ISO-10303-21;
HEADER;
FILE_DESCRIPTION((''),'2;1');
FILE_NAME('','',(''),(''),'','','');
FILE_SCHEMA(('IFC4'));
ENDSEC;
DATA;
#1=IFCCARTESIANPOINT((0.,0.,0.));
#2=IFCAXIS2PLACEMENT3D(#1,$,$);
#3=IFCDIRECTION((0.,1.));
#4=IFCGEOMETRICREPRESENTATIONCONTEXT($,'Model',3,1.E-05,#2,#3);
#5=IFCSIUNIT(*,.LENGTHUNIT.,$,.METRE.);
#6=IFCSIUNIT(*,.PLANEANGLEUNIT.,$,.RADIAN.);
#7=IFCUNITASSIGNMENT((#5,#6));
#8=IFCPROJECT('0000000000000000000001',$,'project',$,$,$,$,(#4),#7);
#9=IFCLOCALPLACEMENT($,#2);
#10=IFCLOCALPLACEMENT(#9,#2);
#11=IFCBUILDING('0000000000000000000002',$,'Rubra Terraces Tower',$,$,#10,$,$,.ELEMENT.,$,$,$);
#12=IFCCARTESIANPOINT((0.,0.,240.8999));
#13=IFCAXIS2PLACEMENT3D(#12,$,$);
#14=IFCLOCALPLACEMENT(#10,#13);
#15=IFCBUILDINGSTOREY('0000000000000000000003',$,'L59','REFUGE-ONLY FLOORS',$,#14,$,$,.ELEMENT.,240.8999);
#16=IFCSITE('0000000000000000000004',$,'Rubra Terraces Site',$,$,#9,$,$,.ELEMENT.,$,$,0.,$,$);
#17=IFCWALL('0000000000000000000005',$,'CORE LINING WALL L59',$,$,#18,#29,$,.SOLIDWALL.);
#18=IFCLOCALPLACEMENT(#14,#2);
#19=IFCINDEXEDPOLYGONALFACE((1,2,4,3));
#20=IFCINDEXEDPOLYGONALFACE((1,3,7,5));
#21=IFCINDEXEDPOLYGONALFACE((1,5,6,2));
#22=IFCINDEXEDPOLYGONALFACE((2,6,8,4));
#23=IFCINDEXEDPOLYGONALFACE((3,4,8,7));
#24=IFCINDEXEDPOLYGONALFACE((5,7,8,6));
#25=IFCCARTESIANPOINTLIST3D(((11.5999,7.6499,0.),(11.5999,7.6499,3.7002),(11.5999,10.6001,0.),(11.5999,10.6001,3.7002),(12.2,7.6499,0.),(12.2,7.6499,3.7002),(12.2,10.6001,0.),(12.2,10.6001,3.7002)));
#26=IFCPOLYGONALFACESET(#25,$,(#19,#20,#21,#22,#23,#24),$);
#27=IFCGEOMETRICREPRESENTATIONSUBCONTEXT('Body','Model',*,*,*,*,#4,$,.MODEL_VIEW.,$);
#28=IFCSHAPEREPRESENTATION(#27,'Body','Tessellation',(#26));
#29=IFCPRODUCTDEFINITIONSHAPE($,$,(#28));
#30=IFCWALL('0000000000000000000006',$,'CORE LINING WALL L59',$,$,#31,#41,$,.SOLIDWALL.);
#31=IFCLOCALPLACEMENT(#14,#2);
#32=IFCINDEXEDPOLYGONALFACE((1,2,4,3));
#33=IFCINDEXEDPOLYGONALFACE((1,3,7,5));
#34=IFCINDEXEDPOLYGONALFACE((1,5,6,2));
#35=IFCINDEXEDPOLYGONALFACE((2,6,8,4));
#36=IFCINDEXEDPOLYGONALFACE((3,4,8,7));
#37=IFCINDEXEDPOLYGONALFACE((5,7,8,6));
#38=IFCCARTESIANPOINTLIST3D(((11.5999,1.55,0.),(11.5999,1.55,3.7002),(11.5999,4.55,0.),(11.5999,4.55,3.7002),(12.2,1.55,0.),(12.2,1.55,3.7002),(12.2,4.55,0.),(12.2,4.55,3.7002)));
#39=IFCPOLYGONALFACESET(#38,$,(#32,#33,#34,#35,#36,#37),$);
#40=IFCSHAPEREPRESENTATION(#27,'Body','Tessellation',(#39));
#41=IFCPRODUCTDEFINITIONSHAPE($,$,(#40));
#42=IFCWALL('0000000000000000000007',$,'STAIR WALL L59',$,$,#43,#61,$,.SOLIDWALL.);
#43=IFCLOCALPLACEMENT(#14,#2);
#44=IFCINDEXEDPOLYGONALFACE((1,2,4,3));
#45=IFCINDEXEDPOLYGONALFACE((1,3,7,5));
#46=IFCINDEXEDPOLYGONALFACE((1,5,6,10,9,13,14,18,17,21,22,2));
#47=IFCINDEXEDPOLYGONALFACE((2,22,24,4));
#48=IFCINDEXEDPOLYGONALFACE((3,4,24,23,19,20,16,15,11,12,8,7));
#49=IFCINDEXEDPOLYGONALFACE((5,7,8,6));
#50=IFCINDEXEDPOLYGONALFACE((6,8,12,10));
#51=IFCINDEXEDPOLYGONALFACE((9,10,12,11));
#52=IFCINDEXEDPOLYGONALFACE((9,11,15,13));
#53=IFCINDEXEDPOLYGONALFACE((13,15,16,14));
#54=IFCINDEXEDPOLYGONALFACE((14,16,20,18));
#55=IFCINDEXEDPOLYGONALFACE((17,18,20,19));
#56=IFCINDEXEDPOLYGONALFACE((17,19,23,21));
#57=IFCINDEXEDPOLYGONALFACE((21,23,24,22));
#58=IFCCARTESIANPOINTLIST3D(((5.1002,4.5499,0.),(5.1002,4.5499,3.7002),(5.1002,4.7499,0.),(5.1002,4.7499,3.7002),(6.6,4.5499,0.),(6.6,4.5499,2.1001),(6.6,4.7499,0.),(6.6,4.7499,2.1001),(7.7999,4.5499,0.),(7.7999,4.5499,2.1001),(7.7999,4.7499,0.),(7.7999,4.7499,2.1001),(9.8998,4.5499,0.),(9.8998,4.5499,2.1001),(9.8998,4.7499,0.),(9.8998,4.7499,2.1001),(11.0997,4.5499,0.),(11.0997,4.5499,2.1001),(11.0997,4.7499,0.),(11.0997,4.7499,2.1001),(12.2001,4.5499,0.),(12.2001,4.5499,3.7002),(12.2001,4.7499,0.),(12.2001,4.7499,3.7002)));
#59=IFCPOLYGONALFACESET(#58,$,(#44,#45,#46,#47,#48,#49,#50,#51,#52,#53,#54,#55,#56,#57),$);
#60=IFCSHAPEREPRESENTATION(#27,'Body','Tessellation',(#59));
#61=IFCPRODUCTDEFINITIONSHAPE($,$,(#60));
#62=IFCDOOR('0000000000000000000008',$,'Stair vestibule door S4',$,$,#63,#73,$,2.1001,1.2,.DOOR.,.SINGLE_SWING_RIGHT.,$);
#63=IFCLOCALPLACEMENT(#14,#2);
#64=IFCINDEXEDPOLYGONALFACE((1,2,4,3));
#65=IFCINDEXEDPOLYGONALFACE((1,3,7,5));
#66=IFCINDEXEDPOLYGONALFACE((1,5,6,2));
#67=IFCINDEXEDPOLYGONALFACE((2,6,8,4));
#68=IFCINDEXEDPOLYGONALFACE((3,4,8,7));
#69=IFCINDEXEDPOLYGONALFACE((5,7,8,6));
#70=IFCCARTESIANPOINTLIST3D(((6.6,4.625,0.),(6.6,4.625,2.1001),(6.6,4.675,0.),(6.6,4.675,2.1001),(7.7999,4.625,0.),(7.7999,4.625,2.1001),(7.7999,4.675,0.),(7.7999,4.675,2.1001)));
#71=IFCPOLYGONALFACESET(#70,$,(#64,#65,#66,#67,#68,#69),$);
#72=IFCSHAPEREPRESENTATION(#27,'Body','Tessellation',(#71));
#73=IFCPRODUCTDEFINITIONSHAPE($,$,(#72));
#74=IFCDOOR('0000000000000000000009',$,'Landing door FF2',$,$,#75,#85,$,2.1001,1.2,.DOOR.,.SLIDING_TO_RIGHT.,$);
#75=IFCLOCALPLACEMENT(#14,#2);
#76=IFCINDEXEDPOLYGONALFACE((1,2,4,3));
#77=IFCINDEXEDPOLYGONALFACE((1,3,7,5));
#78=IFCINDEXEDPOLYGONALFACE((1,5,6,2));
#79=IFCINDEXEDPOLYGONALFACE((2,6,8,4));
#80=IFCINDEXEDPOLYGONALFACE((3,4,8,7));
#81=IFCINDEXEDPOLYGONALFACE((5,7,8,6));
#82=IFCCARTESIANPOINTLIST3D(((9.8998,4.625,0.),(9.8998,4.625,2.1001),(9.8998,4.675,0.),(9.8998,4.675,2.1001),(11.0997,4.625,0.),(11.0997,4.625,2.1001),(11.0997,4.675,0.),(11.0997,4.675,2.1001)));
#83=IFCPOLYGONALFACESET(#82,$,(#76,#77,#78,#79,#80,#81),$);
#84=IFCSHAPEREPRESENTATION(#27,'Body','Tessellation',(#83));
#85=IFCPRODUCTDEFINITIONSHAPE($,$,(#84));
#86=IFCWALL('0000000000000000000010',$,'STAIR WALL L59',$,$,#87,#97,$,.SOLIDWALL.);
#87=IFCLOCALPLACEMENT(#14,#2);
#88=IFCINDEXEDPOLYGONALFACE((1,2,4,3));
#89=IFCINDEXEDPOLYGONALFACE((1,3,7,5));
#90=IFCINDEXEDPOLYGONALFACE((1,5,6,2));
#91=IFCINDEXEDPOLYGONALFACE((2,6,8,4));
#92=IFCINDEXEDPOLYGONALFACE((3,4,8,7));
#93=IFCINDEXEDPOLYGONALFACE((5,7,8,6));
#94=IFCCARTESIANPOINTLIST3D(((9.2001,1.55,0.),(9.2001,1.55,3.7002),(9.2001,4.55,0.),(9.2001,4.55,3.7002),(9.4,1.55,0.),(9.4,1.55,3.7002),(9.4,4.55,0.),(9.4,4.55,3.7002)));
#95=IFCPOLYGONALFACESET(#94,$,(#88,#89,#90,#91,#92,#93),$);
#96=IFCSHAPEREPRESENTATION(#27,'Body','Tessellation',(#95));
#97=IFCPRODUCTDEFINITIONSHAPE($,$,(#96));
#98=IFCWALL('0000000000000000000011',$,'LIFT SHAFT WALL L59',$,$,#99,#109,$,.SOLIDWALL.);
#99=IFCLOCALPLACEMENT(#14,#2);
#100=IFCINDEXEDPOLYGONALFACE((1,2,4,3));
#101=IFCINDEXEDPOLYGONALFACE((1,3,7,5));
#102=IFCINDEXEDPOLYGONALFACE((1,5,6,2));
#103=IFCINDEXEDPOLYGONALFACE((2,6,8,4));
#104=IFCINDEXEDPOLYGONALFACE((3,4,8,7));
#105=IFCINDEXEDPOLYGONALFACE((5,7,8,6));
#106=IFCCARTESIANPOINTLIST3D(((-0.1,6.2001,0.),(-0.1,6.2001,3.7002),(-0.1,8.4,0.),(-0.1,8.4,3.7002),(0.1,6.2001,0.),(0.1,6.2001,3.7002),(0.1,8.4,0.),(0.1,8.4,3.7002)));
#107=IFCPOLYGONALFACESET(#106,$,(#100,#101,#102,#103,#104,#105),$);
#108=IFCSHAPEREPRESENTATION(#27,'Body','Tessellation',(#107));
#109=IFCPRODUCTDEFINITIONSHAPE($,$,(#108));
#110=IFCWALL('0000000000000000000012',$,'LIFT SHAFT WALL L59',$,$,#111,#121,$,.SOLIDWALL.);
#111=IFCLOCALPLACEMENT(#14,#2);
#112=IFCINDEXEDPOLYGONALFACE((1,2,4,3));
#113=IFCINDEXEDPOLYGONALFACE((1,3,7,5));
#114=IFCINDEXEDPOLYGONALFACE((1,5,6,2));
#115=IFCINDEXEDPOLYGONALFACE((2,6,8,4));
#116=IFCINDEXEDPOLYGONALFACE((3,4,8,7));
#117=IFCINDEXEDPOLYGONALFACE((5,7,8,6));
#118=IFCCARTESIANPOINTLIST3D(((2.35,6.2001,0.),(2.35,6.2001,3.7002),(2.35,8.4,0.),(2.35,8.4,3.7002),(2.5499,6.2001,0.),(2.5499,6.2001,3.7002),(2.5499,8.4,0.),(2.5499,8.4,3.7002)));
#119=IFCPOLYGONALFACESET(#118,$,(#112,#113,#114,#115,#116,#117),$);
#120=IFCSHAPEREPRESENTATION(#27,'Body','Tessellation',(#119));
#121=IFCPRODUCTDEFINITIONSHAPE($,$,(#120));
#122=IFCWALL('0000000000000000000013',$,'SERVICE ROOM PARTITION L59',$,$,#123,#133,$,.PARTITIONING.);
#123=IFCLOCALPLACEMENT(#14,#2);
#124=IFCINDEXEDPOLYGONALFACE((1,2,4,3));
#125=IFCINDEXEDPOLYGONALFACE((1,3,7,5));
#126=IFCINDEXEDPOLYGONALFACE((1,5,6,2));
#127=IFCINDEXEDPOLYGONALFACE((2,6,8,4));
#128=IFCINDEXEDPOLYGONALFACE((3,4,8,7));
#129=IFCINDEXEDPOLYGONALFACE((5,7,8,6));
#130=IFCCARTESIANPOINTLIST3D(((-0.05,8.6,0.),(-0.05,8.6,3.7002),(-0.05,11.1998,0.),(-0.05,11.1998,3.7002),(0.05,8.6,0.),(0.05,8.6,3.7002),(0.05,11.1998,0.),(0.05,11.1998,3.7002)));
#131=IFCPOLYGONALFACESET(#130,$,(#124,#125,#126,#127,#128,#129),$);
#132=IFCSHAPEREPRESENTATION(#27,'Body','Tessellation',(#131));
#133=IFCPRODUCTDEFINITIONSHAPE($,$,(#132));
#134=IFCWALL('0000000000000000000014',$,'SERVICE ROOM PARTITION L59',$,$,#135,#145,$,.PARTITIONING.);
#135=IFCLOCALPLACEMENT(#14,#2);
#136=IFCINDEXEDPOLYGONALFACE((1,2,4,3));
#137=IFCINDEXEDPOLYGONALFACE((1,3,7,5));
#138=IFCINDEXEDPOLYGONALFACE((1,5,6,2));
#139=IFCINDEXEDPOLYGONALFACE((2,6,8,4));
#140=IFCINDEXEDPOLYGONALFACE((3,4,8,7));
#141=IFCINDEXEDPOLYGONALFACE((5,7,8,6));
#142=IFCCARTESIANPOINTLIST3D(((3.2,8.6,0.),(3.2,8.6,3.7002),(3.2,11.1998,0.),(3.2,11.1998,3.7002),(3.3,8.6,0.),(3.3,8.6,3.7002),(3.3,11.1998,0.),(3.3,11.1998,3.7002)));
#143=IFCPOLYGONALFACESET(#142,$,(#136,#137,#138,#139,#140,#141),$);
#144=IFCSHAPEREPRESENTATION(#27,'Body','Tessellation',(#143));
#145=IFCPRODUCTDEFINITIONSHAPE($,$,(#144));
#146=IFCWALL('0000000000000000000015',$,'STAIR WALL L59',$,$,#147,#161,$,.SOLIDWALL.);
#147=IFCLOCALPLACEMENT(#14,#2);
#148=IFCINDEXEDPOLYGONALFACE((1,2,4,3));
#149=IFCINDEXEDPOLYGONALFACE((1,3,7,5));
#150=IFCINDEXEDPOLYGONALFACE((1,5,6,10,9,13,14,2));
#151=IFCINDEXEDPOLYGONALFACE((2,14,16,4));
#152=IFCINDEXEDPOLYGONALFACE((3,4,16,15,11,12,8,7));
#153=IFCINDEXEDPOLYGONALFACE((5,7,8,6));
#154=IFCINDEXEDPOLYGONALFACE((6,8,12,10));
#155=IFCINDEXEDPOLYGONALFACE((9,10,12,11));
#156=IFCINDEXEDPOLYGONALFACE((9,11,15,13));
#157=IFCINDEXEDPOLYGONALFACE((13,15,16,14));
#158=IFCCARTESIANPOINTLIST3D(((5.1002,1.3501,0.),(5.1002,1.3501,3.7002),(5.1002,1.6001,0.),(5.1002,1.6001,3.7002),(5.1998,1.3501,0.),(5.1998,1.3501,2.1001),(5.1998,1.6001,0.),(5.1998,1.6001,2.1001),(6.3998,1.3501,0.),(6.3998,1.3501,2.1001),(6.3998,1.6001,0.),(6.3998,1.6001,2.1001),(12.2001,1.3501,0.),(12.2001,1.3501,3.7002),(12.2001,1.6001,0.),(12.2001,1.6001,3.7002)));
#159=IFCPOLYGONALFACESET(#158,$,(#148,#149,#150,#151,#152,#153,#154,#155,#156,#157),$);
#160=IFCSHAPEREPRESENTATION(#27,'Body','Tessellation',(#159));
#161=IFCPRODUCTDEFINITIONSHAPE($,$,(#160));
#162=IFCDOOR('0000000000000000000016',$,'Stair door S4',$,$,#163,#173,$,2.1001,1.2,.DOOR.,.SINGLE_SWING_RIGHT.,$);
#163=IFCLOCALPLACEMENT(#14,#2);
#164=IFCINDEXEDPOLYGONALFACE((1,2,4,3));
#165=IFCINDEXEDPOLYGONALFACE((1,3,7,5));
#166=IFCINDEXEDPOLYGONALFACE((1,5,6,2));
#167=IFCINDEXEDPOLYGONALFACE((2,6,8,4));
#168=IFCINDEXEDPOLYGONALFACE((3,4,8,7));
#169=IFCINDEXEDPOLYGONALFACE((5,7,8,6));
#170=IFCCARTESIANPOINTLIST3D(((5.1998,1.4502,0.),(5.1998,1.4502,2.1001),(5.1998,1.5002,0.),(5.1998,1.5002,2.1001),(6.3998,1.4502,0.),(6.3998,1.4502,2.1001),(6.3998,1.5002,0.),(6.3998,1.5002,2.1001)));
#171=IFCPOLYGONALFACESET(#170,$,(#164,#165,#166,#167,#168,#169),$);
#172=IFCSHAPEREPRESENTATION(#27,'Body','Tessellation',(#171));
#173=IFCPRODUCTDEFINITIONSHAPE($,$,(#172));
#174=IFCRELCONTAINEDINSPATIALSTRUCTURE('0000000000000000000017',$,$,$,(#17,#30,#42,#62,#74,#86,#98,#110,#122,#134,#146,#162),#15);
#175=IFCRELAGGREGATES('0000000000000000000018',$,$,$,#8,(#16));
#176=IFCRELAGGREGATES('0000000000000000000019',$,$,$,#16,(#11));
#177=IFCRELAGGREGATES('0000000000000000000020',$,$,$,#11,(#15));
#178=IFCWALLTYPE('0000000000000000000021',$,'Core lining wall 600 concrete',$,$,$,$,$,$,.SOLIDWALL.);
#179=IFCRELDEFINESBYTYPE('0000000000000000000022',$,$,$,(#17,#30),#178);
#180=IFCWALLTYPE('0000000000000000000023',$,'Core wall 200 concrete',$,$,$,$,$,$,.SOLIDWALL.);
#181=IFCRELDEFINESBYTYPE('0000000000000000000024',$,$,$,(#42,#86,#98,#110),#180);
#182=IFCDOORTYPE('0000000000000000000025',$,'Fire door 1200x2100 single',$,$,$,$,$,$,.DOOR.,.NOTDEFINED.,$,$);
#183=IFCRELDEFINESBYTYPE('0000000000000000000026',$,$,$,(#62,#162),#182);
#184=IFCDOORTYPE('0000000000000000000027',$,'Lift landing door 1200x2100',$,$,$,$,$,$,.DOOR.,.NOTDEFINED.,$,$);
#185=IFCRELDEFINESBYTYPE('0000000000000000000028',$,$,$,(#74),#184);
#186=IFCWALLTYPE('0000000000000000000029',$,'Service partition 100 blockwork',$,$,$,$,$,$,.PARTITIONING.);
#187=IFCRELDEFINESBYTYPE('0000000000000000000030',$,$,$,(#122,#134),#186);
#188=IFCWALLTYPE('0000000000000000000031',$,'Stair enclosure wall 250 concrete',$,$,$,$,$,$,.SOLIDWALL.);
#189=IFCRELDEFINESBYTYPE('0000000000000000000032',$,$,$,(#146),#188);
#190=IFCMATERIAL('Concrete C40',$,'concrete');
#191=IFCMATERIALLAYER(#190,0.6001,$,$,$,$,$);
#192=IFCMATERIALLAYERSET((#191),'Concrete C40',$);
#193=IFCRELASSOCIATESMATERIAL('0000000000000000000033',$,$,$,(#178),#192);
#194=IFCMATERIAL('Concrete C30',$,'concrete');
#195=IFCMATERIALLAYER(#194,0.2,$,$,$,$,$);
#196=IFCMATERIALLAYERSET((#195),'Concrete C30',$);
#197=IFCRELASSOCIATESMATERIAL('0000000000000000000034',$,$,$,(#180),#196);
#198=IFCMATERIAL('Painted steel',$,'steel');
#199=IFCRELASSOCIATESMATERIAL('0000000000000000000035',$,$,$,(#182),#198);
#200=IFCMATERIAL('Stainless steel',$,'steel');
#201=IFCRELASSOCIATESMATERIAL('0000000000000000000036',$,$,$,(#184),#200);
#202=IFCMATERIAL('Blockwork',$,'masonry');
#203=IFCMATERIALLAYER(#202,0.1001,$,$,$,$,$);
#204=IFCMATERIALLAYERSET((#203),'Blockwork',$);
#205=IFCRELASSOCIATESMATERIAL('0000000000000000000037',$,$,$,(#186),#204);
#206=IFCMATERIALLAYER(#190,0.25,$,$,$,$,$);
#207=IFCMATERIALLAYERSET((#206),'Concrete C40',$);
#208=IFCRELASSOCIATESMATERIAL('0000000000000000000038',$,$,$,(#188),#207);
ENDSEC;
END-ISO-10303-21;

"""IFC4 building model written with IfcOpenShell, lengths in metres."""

from ifc_helpers import new_model, si_unit, direction, frame, frame_2d, origin, place, context, subcontext, project, spatial, rectangle, extrude, material, layer, layer_set, type_object, element, fill, save


model = new_model("IFC4")

# Units and contexts
model_context = context("Model", 3, precision=1e-05, world=origin(), true_north=direction((0.0, 1.0)))
body_context = subcontext(model_context, "Body", "Model", "MODEL_VIEW")
ifc_project = project(units=[si_unit("LENGTHUNIT", "METRE"), si_unit("PLANEANGLEUNIT", "RADIAN")], contexts=[model_context])

# Site, building, storey
site_placement = place(None, origin())
site = spatial("IfcSite", under=ifc_project, at=site_placement, Name="Rubra Terraces Site", CompositionType="ELEMENT", RefElevation=0.0)
building_placement = place(site_placement, origin())
building = spatial("IfcBuilding", under=site, at=building_placement, Name="Rubra Terraces Tower", CompositionType="ELEMENT")
storey_placement = place(building_placement, frame((0.0, 0.0, 240.8999)))
storey = spatial("IfcBuildingStorey", under=building, at=storey_placement, Name="L59", Description="REFUGE-ONLY FLOORS", CompositionType="ELEMENT", Elevation=240.8999)

# Walls
ifc_material_1 = material(Name="Concrete C40", Category="concrete")
ifc_layer_1 = layer(ifc_material_1, 0.6001)
ifc_layer_set_1 = layer_set([ifc_layer_1], Name="Concrete C40")
wall_type_1 = type_object("IfcWallType", Name="Core lining wall 600 concrete", PredefinedType="SOLIDWALL", material=ifc_layer_set_1)
wall_1_placement = place(storey_placement, frame((11.8999, 10.6001, 0.0), z_axis=(0.0, 0.0, 1.0), x_axis=(0.0, -1.0, 0.0)))
element("IfcWall", 1, at=wall_1_placement, inside=storey, type_object=wall_type_1, Name="CORE LINING WALL L59", PredefinedType="SOLIDWALL", context=body_context, shape_type="SweptSolid", body=[
    extrude(rectangle(XDim=2.9502, YDim=0.6001, at=frame_2d((1.4751, 0.0))), origin(), (0.0, 0.0, 1.0), 3.7002),
])
wall_2_placement = place(storey_placement, frame((11.8999, 4.55, 0.0), z_axis=(0.0, 0.0, 1.0), x_axis=(0.0, -1.0, 0.0)))
element("IfcWall", 2, at=wall_2_placement, inside=storey, type_object=wall_type_1, Name="CORE LINING WALL L59", PredefinedType="SOLIDWALL", context=body_context, shape_type="SweptSolid", body=[
    extrude(rectangle(XDim=3.0, YDim=0.6001, at=frame_2d((1.5, 0.0))), origin(), (0.0, 0.0, 1.0), 3.7002),
])

# Wall, openings, doors
ifc_material_2 = material(Name="Concrete C30", Category="concrete")
ifc_layer_2 = layer(ifc_material_2, 0.2)
ifc_layer_set_2 = layer_set([ifc_layer_2], Name="Concrete C30")
wall_type_2 = type_object("IfcWallType", Name="Core wall 200 concrete", PredefinedType="SOLIDWALL", material=ifc_layer_set_2)
wall_3_placement = place(storey_placement, frame((12.2, 4.6499, 0.0), z_axis=(0.0, 0.0, 1.0), x_axis=(-1.0, 0.0, 0.0)))
wall_3 = element("IfcWall", 3, at=wall_3_placement, inside=storey, type_object=wall_type_2, Name="STAIR WALL L59", PredefinedType="SOLIDWALL", context=body_context, shape_type="SweptSolid", body=[
    extrude(rectangle(XDim=7.0999, YDim=0.2, at=frame_2d((3.5498, 0.0))), origin(), (0.0, 0.0, 1.0), 3.7002),
])
opening_1_placement = place(wall_3_placement, frame((4.3999, 0.0, 0.0)))
opening_1 = element("IfcOpeningElement", 4, at=opening_1_placement, cuts=wall_3, PredefinedType="OPENING", context=body_context, shape_type="SweptSolid", body=[
    extrude(rectangle(XDim=1.2, YDim=2.1001, at=frame_2d((0.6001, 1.05))), frame((0.0, 0.1099, 0.0), z_axis=(0.0, -1.0, 0.0), x_axis=(1.0, 0.0, 0.0)), (0.0, 0.0, 1.0), 0.22),
])
opening_2_placement = place(wall_3_placement, frame((1.1001, 0.0, 0.0)))
opening_2 = element("IfcOpeningElement", 5, at=opening_2_placement, cuts=wall_3, PredefinedType="OPENING", context=body_context, shape_type="SweptSolid", body=[
    extrude(rectangle(XDim=1.2, YDim=2.1001, at=frame_2d((0.6001, 1.05))), frame((0.0, 0.1099, 0.0), z_axis=(0.0, -1.0, 0.0), x_axis=(1.0, 0.0, 0.0)), (0.0, 0.0, 1.0), 0.22),
])
ifc_material_3 = material(Name="Painted steel", Category="steel")
door_type_1 = type_object("IfcDoorType", Name="Fire door 1200x2100 single", OperationType="NOTDEFINED", PredefinedType="DOOR", material=ifc_material_3)
door_1_placement = place(opening_1_placement, origin())
door_1 = element("IfcDoor", 6, at=door_1_placement, inside=storey, type_object=door_type_1, Name="Stair vestibule door S4", OperationType="SINGLE_SWING_RIGHT", OverallHeight=2.1001, OverallWidth=1.2, PredefinedType="DOOR", context=body_context, shape_type="SweptSolid", body=[
    extrude(rectangle(XDim=1.2, YDim=2.1001, at=frame_2d((0.6001, 1.05))), frame((0.0, 0.0249, 0.0), z_axis=(0.0, -1.0, 0.0), x_axis=(1.0, 0.0, 0.0)), (0.0, 0.0, 1.0), 0.05),
])
fill(opening_1, door_1)
ifc_material_4 = material(Name="Stainless steel", Category="steel")
door_type_2 = type_object("IfcDoorType", Name="Lift landing door 1200x2100", OperationType="NOTDEFINED", PredefinedType="DOOR", material=ifc_material_4)
door_2_placement = place(opening_2_placement, origin())
door_2 = element("IfcDoor", 7, at=door_2_placement, inside=storey, type_object=door_type_2, Name="Landing door FF2", OperationType="SLIDING_TO_RIGHT", OverallHeight=2.1001, OverallWidth=1.2, PredefinedType="DOOR", context=body_context, shape_type="SweptSolid", body=[
    extrude(rectangle(XDim=1.2, YDim=2.1001, at=frame_2d((0.6001, 1.05))), frame((0.0, 0.0249, 0.0), z_axis=(0.0, -1.0, 0.0), x_axis=(1.0, 0.0, 0.0)), (0.0, 0.0, 1.0), 0.05),
])
fill(opening_2, door_2)

# Walls
wall_4_placement = place(storey_placement, frame((9.3, 4.55, 0.0), z_axis=(0.0, 0.0, 1.0), x_axis=(0.0, -1.0, 0.0)))
element("IfcWall", 8, at=wall_4_placement, inside=storey, type_object=wall_type_2, Name="STAIR WALL L59", PredefinedType="SOLIDWALL", context=body_context, shape_type="SweptSolid", body=[
    extrude(rectangle(XDim=3.0, YDim=0.2, at=frame_2d((1.5, 0.0))), origin(), (0.0, 0.0, 1.0), 3.7002),
])
for number, where, z_axis, x_axis, name in (
    (9, (0.0, 6.2, 0.0), (0.0, 0.0, 1.0), (0.0, 1.0, 0.0), "LIFT SHAFT WALL L59"),
    (10, (2.45, 6.2, 0.0), (0.0, 0.0, 1.0), (0.0, 1.0, 0.0), "LIFT SHAFT WALL L59"),
):
    element("IfcWall", number, at=place(storey_placement, frame(where, z_axis=z_axis, x_axis=x_axis)), inside=storey, type_object=wall_type_2, Name=name, PredefinedType="SOLIDWALL", context=body_context, shape_type="SweptSolid", body=[
        extrude(rectangle(XDim=2.2, YDim=0.2, at=frame_2d((1.1001, 0.0))), origin(), (0.0, 0.0, 1.0), 3.7002),
    ])
ifc_material_5 = material(Name="Blockwork", Category="masonry")
ifc_layer_3 = layer(ifc_material_5, 0.1001)
ifc_layer_set_3 = layer_set([ifc_layer_3], Name="Blockwork")
wall_type_3 = type_object("IfcWallType", Name="Service partition 100 blockwork", PredefinedType="PARTITIONING", material=ifc_layer_set_3)
for number, where, z_axis, x_axis, name in (
    (11, (0.0, 8.6001, 0.0), (0.0, 0.0, 1.0), (0.0, 1.0, 0.0), "SERVICE ROOM PARTITION L59"),
    (12, (3.25, 8.6001, 0.0), (0.0, 0.0, 1.0), (0.0, 1.0, 0.0), "SERVICE ROOM PARTITION L59"),
):
    element("IfcWall", number, at=place(storey_placement, frame(where, z_axis=z_axis, x_axis=x_axis)), inside=storey, type_object=wall_type_3, Name=name, PredefinedType="PARTITIONING", context=body_context, shape_type="SweptSolid", body=[
        extrude(rectangle(XDim=2.5999, YDim=0.1001, at=frame_2d((1.2998, 0.0))), origin(), (0.0, 0.0, 1.0), 3.7002),
    ])

# Wall, opening, door
ifc_layer_4 = layer(ifc_material_1, 0.25)
ifc_layer_set_4 = layer_set([ifc_layer_4], Name="Concrete C40")
wall_type_4 = type_object("IfcWallType", Name="Stair enclosure wall 250 concrete", PredefinedType="SOLIDWALL", material=ifc_layer_set_4)
wall_5_placement = place(storey_placement, frame((12.2, 1.4751, 0.0), z_axis=(0.0, 0.0, 1.0), x_axis=(-1.0, 0.0, 0.0)))
wall_5 = element("IfcWall", 13, at=wall_5_placement, inside=storey, type_object=wall_type_4, Name="STAIR WALL L59", PredefinedType="SOLIDWALL", context=body_context, shape_type="SweptSolid", body=[
    extrude(rectangle(XDim=7.0999, YDim=0.25, at=frame_2d((3.5498, 0.0))), origin(), (0.0, 0.0, 1.0), 3.7002),
])
opening_3_placement = place(wall_5_placement, frame((5.8, 0.0, 0.0)))
opening_3 = element("IfcOpeningElement", 14, at=opening_3_placement, cuts=wall_5, PredefinedType="OPENING", context=body_context, shape_type="SweptSolid", body=[
    extrude(rectangle(XDim=1.2, YDim=2.1001, at=frame_2d((0.6001, 1.05))), frame((0.0, 0.135, 0.0), z_axis=(0.0, -1.0, 0.0), x_axis=(1.0, 0.0, 0.0)), (0.0, 0.0, 1.0), 0.27),
])
door_3_placement = place(opening_3_placement, origin())
door_3 = element("IfcDoor", 15, at=door_3_placement, inside=storey, type_object=door_type_1, Name="Stair door S4", OperationType="SINGLE_SWING_RIGHT", OverallHeight=2.1001, OverallWidth=1.2, PredefinedType="DOOR", context=body_context, shape_type="SweptSolid", body=[
    extrude(rectangle(XDim=1.2, YDim=2.1001, at=frame_2d((0.6001, 1.05))), frame((0.0, 0.0249, 0.0), z_axis=(0.0, -1.0, 0.0), x_axis=(1.0, 0.0, 0.0)), (0.0, 0.0, 1.0), 0.05),
])
fill(opening_3, door_3)

save(model, "model.ifc")
